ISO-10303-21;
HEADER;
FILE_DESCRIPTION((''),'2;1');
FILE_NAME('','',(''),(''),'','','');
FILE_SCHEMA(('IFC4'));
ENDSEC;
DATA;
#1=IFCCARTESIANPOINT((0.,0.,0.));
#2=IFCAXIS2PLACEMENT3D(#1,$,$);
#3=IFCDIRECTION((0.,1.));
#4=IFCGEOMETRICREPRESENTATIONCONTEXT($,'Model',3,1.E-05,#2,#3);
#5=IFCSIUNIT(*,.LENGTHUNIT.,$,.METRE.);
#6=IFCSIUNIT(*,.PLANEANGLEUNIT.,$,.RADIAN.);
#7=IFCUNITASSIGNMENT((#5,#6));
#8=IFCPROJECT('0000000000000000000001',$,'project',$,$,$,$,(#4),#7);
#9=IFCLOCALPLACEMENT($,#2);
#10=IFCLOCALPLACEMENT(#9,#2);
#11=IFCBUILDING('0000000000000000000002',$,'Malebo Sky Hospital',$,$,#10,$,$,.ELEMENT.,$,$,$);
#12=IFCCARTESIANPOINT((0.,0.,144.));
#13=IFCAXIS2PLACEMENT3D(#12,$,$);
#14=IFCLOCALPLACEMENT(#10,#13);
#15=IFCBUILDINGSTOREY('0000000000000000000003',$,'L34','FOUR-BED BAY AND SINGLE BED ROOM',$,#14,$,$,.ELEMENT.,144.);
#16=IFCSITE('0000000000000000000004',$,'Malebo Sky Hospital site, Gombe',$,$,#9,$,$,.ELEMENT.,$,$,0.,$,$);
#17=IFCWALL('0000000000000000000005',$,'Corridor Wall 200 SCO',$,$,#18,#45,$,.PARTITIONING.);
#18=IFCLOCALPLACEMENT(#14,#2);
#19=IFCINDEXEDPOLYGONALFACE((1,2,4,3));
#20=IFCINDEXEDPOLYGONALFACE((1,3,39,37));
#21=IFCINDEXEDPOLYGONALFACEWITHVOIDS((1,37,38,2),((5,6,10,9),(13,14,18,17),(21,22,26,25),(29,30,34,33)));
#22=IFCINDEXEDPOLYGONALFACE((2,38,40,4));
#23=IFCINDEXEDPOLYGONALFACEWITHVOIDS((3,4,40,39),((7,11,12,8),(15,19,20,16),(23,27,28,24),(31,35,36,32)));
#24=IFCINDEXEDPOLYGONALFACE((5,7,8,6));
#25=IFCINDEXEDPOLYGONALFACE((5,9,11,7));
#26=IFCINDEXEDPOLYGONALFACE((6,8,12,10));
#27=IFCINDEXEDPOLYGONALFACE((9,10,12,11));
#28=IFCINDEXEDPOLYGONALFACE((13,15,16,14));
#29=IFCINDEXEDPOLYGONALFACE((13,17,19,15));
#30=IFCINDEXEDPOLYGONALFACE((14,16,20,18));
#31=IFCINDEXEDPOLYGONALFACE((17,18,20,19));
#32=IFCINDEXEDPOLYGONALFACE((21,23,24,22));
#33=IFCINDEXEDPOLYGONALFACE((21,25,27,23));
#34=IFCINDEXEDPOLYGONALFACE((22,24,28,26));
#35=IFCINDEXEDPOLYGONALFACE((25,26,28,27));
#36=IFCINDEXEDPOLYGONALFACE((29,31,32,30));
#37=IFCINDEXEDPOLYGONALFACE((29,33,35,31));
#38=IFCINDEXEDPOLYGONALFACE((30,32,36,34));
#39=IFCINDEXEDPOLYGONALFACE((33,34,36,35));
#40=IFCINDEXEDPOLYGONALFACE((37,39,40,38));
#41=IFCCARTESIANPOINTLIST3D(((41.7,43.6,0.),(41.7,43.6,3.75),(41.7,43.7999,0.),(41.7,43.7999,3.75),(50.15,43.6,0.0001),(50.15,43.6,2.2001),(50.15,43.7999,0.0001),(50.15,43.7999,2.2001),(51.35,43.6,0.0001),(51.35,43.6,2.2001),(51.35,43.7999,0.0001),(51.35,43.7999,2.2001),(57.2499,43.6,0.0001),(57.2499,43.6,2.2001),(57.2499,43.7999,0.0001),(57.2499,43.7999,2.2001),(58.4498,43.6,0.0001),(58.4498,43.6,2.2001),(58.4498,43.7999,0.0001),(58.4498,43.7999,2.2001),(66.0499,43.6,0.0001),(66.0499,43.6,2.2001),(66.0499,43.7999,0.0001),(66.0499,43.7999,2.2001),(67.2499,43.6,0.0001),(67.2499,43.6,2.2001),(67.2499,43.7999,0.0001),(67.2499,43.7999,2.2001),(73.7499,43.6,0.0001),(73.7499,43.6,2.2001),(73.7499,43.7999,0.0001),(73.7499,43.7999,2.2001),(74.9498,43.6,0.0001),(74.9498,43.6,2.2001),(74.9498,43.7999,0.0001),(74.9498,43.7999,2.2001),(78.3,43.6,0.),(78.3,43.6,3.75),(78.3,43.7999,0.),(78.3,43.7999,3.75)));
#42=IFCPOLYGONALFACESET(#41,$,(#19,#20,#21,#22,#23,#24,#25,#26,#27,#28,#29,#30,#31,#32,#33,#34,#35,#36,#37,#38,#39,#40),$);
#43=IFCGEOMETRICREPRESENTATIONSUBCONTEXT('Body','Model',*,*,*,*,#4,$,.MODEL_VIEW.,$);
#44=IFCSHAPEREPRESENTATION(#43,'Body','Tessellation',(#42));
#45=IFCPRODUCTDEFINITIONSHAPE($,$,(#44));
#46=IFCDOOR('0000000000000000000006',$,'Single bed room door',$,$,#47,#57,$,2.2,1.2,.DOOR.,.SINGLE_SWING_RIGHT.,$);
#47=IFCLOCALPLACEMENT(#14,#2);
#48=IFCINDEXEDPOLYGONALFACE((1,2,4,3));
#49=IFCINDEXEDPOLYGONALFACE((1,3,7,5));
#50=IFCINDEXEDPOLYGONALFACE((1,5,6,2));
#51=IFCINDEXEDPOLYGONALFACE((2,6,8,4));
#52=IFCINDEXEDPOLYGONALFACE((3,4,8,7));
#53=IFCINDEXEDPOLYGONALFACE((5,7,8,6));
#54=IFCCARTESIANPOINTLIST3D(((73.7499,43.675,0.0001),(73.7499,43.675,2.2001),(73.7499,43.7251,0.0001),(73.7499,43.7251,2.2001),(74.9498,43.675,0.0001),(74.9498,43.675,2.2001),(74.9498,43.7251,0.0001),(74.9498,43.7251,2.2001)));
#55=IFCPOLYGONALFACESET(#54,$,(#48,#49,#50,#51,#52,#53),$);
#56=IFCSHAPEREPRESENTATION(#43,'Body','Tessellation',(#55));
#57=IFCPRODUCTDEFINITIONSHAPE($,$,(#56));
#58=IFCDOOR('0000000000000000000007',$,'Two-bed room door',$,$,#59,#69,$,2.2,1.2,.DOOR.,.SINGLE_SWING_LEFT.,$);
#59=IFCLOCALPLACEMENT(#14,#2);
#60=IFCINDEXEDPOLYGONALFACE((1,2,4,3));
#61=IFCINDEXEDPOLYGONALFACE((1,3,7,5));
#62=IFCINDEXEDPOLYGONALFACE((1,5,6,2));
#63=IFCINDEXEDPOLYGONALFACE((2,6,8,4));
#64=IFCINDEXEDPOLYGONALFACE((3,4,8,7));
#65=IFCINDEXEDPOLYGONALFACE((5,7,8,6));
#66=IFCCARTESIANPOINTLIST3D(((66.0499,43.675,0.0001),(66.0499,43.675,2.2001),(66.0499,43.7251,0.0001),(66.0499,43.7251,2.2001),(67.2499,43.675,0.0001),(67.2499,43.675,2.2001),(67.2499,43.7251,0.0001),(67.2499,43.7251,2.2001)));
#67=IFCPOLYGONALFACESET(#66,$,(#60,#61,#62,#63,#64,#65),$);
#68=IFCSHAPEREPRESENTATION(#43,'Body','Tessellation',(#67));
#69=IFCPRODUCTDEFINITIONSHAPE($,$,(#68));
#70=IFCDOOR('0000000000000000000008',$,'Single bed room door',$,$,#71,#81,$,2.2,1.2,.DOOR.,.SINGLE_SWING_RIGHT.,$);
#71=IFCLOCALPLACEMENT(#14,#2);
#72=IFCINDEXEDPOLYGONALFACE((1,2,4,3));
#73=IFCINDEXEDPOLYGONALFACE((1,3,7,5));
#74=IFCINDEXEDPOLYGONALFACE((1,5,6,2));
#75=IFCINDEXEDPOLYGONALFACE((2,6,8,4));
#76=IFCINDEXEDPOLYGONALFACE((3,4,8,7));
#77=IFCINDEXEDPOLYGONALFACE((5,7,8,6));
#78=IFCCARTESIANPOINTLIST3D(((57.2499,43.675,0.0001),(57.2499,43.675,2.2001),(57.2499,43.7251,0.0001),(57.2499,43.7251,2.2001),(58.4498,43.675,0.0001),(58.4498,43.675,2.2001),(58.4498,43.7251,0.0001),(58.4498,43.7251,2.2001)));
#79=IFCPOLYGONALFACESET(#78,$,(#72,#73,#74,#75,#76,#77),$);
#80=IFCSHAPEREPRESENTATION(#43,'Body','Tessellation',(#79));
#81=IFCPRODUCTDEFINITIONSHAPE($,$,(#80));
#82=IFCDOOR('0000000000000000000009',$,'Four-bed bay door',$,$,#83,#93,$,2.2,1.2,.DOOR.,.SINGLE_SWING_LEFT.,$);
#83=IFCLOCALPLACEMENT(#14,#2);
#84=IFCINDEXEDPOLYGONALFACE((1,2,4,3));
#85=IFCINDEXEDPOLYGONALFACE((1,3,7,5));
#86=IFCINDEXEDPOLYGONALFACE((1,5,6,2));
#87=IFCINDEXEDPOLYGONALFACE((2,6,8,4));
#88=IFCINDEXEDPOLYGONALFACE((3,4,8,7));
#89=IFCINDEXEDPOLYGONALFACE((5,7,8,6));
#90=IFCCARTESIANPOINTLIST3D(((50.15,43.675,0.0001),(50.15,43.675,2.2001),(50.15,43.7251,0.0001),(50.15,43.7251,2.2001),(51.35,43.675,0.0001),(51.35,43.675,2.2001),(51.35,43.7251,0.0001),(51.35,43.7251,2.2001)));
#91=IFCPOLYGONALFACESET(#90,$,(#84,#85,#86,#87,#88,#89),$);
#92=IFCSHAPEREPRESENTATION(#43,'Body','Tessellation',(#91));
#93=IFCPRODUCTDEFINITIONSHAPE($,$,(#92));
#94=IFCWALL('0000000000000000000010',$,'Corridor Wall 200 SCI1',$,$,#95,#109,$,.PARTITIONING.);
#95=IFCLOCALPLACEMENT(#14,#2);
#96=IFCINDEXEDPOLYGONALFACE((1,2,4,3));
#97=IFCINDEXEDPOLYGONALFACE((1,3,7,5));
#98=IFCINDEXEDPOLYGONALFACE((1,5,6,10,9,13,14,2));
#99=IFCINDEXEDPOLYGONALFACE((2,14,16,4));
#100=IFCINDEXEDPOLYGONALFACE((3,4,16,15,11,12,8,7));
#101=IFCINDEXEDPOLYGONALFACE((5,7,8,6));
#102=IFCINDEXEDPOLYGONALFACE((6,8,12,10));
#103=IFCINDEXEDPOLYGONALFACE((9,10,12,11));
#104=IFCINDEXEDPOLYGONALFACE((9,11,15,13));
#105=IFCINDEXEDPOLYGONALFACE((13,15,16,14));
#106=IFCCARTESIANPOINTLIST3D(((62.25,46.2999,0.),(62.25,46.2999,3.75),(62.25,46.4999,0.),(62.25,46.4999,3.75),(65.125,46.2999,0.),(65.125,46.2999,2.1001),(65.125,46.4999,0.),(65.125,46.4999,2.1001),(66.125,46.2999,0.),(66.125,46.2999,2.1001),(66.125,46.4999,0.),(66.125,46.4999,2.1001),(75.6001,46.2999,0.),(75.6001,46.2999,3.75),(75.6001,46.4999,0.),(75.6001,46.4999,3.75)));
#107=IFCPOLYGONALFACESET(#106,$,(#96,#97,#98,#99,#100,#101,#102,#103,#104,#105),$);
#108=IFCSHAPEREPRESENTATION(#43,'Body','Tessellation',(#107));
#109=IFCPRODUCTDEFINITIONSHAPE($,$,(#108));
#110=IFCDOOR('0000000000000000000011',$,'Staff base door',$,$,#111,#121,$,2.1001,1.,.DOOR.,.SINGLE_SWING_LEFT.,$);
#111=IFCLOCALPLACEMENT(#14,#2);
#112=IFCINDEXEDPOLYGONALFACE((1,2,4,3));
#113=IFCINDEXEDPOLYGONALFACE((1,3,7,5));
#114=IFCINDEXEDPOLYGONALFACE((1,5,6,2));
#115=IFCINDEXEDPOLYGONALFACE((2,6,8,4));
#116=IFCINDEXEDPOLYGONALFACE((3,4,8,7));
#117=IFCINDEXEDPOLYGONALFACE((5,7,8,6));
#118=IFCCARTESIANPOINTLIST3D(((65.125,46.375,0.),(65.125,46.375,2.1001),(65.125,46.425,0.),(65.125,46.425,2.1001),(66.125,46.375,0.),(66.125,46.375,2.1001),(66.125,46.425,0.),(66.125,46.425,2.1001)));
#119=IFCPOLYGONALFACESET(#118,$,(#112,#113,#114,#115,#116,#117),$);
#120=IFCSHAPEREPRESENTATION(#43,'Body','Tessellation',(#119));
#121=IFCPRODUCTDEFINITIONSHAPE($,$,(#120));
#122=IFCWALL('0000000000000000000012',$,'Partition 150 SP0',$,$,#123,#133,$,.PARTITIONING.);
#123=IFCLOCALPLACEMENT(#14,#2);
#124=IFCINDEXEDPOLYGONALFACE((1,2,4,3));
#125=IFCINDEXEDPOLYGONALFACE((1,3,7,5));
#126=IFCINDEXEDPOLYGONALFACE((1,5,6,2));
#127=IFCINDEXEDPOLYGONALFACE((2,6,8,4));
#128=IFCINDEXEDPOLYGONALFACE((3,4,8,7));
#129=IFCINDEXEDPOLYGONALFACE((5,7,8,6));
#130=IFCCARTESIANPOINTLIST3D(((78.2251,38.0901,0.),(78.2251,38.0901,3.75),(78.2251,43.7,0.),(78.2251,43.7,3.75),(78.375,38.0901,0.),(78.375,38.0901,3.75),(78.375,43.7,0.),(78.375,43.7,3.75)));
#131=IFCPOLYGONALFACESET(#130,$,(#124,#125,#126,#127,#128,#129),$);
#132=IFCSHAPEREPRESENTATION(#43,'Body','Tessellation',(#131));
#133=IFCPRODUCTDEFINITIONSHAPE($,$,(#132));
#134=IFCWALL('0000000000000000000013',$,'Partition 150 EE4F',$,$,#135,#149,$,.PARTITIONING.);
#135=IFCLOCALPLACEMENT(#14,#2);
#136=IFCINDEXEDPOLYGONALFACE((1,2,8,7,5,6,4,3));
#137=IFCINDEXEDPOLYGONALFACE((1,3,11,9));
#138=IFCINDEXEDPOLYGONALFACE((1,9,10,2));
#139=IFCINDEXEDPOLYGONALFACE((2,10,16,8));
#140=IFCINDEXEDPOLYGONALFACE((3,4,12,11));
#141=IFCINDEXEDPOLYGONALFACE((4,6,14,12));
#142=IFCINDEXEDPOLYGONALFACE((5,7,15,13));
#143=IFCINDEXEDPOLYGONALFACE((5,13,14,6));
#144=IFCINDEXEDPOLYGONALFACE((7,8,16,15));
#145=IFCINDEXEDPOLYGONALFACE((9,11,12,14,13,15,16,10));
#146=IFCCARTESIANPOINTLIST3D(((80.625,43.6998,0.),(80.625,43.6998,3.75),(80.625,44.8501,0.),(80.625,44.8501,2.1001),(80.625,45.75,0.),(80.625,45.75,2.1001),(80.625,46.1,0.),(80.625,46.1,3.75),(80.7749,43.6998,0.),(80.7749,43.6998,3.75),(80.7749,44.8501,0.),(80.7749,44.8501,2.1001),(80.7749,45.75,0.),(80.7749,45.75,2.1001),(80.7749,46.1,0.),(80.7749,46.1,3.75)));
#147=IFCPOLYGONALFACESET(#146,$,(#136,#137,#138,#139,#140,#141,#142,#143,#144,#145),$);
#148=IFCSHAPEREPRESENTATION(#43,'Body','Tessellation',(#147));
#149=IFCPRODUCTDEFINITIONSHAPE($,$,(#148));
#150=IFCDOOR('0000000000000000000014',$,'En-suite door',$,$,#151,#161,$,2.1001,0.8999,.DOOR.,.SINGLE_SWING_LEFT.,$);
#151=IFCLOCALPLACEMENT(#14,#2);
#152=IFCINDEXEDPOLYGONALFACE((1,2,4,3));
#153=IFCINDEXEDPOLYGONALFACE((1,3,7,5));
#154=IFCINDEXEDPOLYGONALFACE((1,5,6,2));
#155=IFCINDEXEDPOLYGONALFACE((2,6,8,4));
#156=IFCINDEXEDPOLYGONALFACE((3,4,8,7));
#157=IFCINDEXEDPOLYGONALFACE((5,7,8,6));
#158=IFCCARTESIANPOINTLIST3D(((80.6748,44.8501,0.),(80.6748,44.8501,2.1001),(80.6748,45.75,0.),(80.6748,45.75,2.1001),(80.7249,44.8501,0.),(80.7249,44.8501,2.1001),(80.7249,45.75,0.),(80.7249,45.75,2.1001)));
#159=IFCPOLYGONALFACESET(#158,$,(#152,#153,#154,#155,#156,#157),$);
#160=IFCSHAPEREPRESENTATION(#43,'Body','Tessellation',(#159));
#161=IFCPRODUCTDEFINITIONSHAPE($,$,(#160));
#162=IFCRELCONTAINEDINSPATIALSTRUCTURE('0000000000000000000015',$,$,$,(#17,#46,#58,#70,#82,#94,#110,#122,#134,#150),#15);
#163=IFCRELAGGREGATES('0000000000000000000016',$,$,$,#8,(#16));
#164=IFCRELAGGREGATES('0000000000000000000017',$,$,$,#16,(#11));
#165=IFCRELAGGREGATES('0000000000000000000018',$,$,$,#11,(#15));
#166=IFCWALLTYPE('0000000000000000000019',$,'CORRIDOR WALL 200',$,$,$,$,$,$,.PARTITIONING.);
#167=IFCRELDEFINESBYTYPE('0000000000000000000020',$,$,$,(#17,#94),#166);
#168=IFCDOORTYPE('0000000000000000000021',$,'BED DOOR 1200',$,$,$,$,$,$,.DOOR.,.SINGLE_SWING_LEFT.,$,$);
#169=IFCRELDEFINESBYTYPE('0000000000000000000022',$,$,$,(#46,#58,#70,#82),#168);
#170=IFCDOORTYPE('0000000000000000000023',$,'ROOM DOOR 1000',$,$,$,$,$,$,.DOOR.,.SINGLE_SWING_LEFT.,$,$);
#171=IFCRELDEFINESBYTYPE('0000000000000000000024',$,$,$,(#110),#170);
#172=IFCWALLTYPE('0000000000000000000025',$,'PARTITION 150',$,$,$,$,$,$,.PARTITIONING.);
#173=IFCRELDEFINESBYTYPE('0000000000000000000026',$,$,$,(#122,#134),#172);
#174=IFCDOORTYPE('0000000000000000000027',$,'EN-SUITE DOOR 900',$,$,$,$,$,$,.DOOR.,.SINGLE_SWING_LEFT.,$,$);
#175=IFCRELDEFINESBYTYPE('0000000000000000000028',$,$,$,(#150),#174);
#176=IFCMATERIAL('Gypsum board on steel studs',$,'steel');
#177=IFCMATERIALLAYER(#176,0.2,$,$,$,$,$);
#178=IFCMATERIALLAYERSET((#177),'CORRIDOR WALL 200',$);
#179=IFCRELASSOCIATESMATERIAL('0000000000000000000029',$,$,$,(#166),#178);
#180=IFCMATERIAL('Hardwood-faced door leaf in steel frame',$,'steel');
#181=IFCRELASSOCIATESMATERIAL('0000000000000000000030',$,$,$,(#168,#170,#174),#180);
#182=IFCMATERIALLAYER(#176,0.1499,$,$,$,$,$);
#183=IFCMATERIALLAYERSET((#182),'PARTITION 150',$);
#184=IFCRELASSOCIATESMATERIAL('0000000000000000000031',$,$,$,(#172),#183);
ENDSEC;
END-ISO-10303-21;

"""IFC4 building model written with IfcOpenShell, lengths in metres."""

from ifc_helpers import new_model, si_unit, direction, frame, frame_2d, origin, place, context, subcontext, project, spatial, rectangle, extrude, material, layer, layer_set, type_object, element, fill, save


model = new_model("IFC4")

# Units and contexts
model_context = context("Model", 3, precision=1e-05, world=origin(), true_north=direction((0.0, 1.0)))
body_context = subcontext(model_context, "Body", "Model", "MODEL_VIEW")
ifc_project = project(units=[si_unit("LENGTHUNIT", "METRE"), si_unit("PLANEANGLEUNIT", "RADIAN")], contexts=[model_context])

# Site, building, storey
site_placement = place(None, origin())
site = spatial("IfcSite", under=ifc_project, at=site_placement, Name="Malebo Sky Hospital site, Gombe", CompositionType="ELEMENT", RefElevation=0.0)
building_placement = place(site_placement, origin())
building = spatial("IfcBuilding", under=site, at=building_placement, Name="Malebo Sky Hospital", CompositionType="ELEMENT")
storey_placement = place(building_placement, frame((0.0, 0.0, 144.0)))
storey = spatial("IfcBuildingStorey", under=building, at=storey_placement, Name="L34", Description="FOUR-BED BAY AND SINGLE BED ROOM", CompositionType="ELEMENT", Elevation=144.0)

# Wall, openings, doors
ifc_material_1 = material(Name="Gypsum board on steel studs", Category="steel")
ifc_layer_1 = layer(ifc_material_1, 0.2)
ifc_layer_set_1 = layer_set([ifc_layer_1], Name="CORRIDOR WALL 200")
wall_type_1 = type_object("IfcWallType", Name="CORRIDOR WALL 200", PredefinedType="PARTITIONING", material=ifc_layer_set_1)
wall_1_placement = place(storey_placement, frame((78.3, 43.7, 0.0), z_axis=(0.0, 0.0, 1.0), x_axis=(-1.0, 0.0, 0.0)))
wall_1 = element("IfcWall", 1, at=wall_1_placement, inside=storey, type_object=wall_type_1, Name="Corridor Wall 200 SCO", PredefinedType="PARTITIONING", context=body_context, shape_type="SweptSolid", body=[
    extrude(rectangle(XDim=36.6001, YDim=0.2, at=frame_2d((18.3, 0.0))), origin(), (0.0, 0.0, 1.0), 3.75),
])
opening_1_placement = place(wall_1_placement, frame((3.3501, 0.0, 0.0)))
opening_1 = element("IfcOpeningElement", 2, at=opening_1_placement, cuts=wall_1, PredefinedType="OPENING", context=body_context, shape_type="SweptSolid", body=[
    extrude(rectangle(XDim=1.2, YDim=2.2, at=frame_2d((0.6001, 1.1001))), frame((0.0, 0.1099, 0.0), z_axis=(0.0, -1.0, 0.0), x_axis=(1.0, 0.0, 0.0)), (0.0, 0.0, 1.0), 0.22),
])
opening_2_placement = place(wall_1_placement, frame((11.05, 0.0, 0.0)))
opening_2 = element("IfcOpeningElement", 3, at=opening_2_placement, cuts=wall_1, PredefinedType="OPENING", context=body_context, shape_type="SweptSolid", body=[
    extrude(rectangle(XDim=1.2, YDim=2.2, at=frame_2d((0.6001, 1.1001))), frame((0.0, 0.1099, 0.0), z_axis=(0.0, -1.0, 0.0), x_axis=(1.0, 0.0, 0.0)), (0.0, 0.0, 1.0), 0.22),
])
opening_3_placement = place(wall_1_placement, frame((19.8501, 0.0, 0.0)))
opening_3 = element("IfcOpeningElement", 4, at=opening_3_placement, cuts=wall_1, PredefinedType="OPENING", context=body_context, shape_type="SweptSolid", body=[
    extrude(rectangle(XDim=1.2, YDim=2.2, at=frame_2d((0.6001, 1.1001))), frame((0.0, 0.1099, 0.0), z_axis=(0.0, -1.0, 0.0), x_axis=(1.0, 0.0, 0.0)), (0.0, 0.0, 1.0), 0.22),
])
opening_4_placement = place(wall_1_placement, frame((26.95, 0.0, 0.0)))
opening_4 = element("IfcOpeningElement", 5, at=opening_4_placement, cuts=wall_1, PredefinedType="OPENING", context=body_context, shape_type="SweptSolid", body=[
    extrude(rectangle(XDim=1.2, YDim=2.2, at=frame_2d((0.6001, 1.1001))), frame((0.0, 0.1099, 0.0), z_axis=(0.0, -1.0, 0.0), x_axis=(1.0, 0.0, 0.0)), (0.0, 0.0, 1.0), 0.22),
])
ifc_material_2 = material(Name="Hardwood-faced door leaf in steel frame", Category="steel")
door_type_1 = type_object("IfcDoorType", Name="BED DOOR 1200", OperationType="SINGLE_SWING_LEFT", PredefinedType="DOOR", material=ifc_material_2)
door_1_placement = place(opening_1_placement, origin())
door_1 = element("IfcDoor", 6, at=door_1_placement, inside=storey, type_object=door_type_1, Name="Single bed room door", OperationType="SINGLE_SWING_RIGHT", OverallHeight=2.2, OverallWidth=1.2, PredefinedType="DOOR", context=body_context, shape_type="SweptSolid", body=[
    extrude(rectangle(XDim=1.2, YDim=2.2, at=frame_2d((0.6001, 1.1001))), frame((0.0, 0.0249, 0.0), z_axis=(0.0, -1.0, 0.0), x_axis=(1.0, 0.0, 0.0)), (0.0, 0.0, 1.0), 0.05),
])
fill(opening_1, door_1)
door_2_placement = place(opening_2_placement, origin())
door_2 = element("IfcDoor", 7, at=door_2_placement, inside=storey, type_object=door_type_1, Name="Two-bed room door", OperationType="SINGLE_SWING_LEFT", OverallHeight=2.2, OverallWidth=1.2, PredefinedType="DOOR", context=body_context, shape_type="SweptSolid", body=[
    extrude(rectangle(XDim=1.2, YDim=2.2, at=frame_2d((0.6001, 1.1001))), frame((0.0, 0.0249, 0.0), z_axis=(0.0, -1.0, 0.0), x_axis=(1.0, 0.0, 0.0)), (0.0, 0.0, 1.0), 0.05),
])
fill(opening_2, door_2)
door_3_placement = place(opening_3_placement, origin())
door_3 = element("IfcDoor", 8, at=door_3_placement, inside=storey, type_object=door_type_1, Name="Single bed room door", OperationType="SINGLE_SWING_RIGHT", OverallHeight=2.2, OverallWidth=1.2, PredefinedType="DOOR", context=body_context, shape_type="SweptSolid", body=[
    extrude(rectangle(XDim=1.2, YDim=2.2, at=frame_2d((0.6001, 1.1001))), frame((0.0, 0.0249, 0.0), z_axis=(0.0, -1.0, 0.0), x_axis=(1.0, 0.0, 0.0)), (0.0, 0.0, 1.0), 0.05),
])
fill(opening_3, door_3)
door_4_placement = place(opening_4_placement, origin())
door_4 = element("IfcDoor", 9, at=door_4_placement, inside=storey, type_object=door_type_1, Name="Four-bed bay door", OperationType="SINGLE_SWING_LEFT", OverallHeight=2.2, OverallWidth=1.2, PredefinedType="DOOR", context=body_context, shape_type="SweptSolid", body=[
    extrude(rectangle(XDim=1.2, YDim=2.2, at=frame_2d((0.6001, 1.1001))), frame((0.0, 0.0249, 0.0), z_axis=(0.0, -1.0, 0.0), x_axis=(1.0, 0.0, 0.0)), (0.0, 0.0, 1.0), 0.05),
])
fill(opening_4, door_4)

# Wall, opening, door
wall_2_placement = place(storey_placement, frame((75.6001, 46.3999, 0.0), z_axis=(0.0, 0.0, 1.0), x_axis=(-1.0, 0.0, 0.0)))
wall_2 = element("IfcWall", 10, at=wall_2_placement, inside=storey, type_object=wall_type_1, Name="Corridor Wall 200 SCI1", PredefinedType="PARTITIONING", context=body_context, shape_type="SweptSolid", body=[
    extrude(rectangle(XDim=13.3501, YDim=0.2, at=frame_2d((6.675, 0.0))), origin(), (0.0, 0.0, 1.0), 3.75),
])
opening_5_placement = place(wall_2_placement, frame((9.4751, 0.0, 0.0)))
opening_5 = element("IfcOpeningElement", 11, at=opening_5_placement, cuts=wall_2, PredefinedType="OPENING", context=body_context, shape_type="SweptSolid", body=[
    extrude(rectangle(XDim=1.0, YDim=2.1001, at=frame_2d((0.5, 1.05))), frame((0.0, 0.1099, 0.0), z_axis=(0.0, -1.0, 0.0), x_axis=(1.0, 0.0, 0.0)), (0.0, 0.0, 1.0), 0.22),
])
door_type_2 = type_object("IfcDoorType", Name="ROOM DOOR 1000", OperationType="SINGLE_SWING_LEFT", PredefinedType="DOOR", material=ifc_material_2)
door_5_placement = place(opening_5_placement, origin())
door_5 = element("IfcDoor", 12, at=door_5_placement, inside=storey, type_object=door_type_2, Name="Staff base door", OperationType="SINGLE_SWING_LEFT", OverallHeight=2.1001, OverallWidth=1.0, PredefinedType="DOOR", context=body_context, shape_type="SweptSolid", body=[
    extrude(rectangle(XDim=1.0, YDim=2.1001, at=frame_2d((0.5, 1.05))), frame((0.0, 0.0249, 0.0), z_axis=(0.0, -1.0, 0.0), x_axis=(1.0, 0.0, 0.0)), (0.0, 0.0, 1.0), 0.05),
])
fill(opening_5, door_5)

# Wall
ifc_layer_2 = layer(ifc_material_1, 0.1499)
ifc_layer_set_2 = layer_set([ifc_layer_2], Name="PARTITION 150")
wall_type_2 = type_object("IfcWallType", Name="PARTITION 150", PredefinedType="PARTITIONING", material=ifc_layer_set_2)
wall_3_placement = place(storey_placement, frame((78.3, 43.7, 0.0), z_axis=(0.0, 0.0, 1.0), x_axis=(0.0, -1.0, 0.0)))
element("IfcWall", 13, at=wall_3_placement, inside=storey, type_object=wall_type_2, Name="Partition 150 SP0", PredefinedType="PARTITIONING", context=body_context, shape_type="SweptSolid", body=[
    extrude(rectangle(XDim=5.6099, YDim=0.1499, at=frame_2d((2.8049, 0.0))), origin(), (0.0, 0.0, 1.0), 3.75),
])

# Wall, opening, door
wall_4_placement = place(storey_placement, frame((80.7, 46.1001, 0.0), z_axis=(0.0, 0.0, 1.0), x_axis=(0.0, -1.0, 0.0)))
wall_4 = element("IfcWall", 14, at=wall_4_placement, inside=storey, type_object=wall_type_2, Name="Partition 150 EE4F", PredefinedType="PARTITIONING", context=body_context, shape_type="SweptSolid", body=[
    extrude(rectangle(XDim=2.4001, YDim=0.1499, at=frame_2d((1.2002, 0.0))), origin(), (0.0, 0.0, 1.0), 3.75),
])
opening_6_placement = place(wall_4_placement, frame((0.3501, 0.0, 0.0)))
opening_6 = element("IfcOpeningElement", 15, at=opening_6_placement, cuts=wall_4, PredefinedType="OPENING", context=body_context, shape_type="SweptSolid", body=[
    extrude(rectangle(XDim=0.8999, YDim=2.1001, at=frame_2d((0.45, 1.05))), frame((0.0, 0.085, 0.0), z_axis=(0.0, -1.0, 0.0), x_axis=(1.0, 0.0, 0.0)), (0.0, 0.0, 1.0), 0.1699),
])
door_type_3 = type_object("IfcDoorType", Name="EN-SUITE DOOR 900", OperationType="SINGLE_SWING_LEFT", PredefinedType="DOOR", material=ifc_material_2)
door_6_placement = place(opening_6_placement, origin())
door_6 = element("IfcDoor", 16, at=door_6_placement, inside=storey, type_object=door_type_3, Name="En-suite door", OperationType="SINGLE_SWING_LEFT", OverallHeight=2.1001, OverallWidth=0.8999, PredefinedType="DOOR", context=body_context, shape_type="SweptSolid", body=[
    extrude(rectangle(XDim=0.8999, YDim=2.1001, at=frame_2d((0.45, 1.05))), frame((0.0, 0.0249, 0.0), z_axis=(0.0, -1.0, 0.0), x_axis=(1.0, 0.0, 0.0)), (0.0, 0.0, 1.0), 0.05),
])
fill(opening_6, door_6)

save(model, "model.ifc")
